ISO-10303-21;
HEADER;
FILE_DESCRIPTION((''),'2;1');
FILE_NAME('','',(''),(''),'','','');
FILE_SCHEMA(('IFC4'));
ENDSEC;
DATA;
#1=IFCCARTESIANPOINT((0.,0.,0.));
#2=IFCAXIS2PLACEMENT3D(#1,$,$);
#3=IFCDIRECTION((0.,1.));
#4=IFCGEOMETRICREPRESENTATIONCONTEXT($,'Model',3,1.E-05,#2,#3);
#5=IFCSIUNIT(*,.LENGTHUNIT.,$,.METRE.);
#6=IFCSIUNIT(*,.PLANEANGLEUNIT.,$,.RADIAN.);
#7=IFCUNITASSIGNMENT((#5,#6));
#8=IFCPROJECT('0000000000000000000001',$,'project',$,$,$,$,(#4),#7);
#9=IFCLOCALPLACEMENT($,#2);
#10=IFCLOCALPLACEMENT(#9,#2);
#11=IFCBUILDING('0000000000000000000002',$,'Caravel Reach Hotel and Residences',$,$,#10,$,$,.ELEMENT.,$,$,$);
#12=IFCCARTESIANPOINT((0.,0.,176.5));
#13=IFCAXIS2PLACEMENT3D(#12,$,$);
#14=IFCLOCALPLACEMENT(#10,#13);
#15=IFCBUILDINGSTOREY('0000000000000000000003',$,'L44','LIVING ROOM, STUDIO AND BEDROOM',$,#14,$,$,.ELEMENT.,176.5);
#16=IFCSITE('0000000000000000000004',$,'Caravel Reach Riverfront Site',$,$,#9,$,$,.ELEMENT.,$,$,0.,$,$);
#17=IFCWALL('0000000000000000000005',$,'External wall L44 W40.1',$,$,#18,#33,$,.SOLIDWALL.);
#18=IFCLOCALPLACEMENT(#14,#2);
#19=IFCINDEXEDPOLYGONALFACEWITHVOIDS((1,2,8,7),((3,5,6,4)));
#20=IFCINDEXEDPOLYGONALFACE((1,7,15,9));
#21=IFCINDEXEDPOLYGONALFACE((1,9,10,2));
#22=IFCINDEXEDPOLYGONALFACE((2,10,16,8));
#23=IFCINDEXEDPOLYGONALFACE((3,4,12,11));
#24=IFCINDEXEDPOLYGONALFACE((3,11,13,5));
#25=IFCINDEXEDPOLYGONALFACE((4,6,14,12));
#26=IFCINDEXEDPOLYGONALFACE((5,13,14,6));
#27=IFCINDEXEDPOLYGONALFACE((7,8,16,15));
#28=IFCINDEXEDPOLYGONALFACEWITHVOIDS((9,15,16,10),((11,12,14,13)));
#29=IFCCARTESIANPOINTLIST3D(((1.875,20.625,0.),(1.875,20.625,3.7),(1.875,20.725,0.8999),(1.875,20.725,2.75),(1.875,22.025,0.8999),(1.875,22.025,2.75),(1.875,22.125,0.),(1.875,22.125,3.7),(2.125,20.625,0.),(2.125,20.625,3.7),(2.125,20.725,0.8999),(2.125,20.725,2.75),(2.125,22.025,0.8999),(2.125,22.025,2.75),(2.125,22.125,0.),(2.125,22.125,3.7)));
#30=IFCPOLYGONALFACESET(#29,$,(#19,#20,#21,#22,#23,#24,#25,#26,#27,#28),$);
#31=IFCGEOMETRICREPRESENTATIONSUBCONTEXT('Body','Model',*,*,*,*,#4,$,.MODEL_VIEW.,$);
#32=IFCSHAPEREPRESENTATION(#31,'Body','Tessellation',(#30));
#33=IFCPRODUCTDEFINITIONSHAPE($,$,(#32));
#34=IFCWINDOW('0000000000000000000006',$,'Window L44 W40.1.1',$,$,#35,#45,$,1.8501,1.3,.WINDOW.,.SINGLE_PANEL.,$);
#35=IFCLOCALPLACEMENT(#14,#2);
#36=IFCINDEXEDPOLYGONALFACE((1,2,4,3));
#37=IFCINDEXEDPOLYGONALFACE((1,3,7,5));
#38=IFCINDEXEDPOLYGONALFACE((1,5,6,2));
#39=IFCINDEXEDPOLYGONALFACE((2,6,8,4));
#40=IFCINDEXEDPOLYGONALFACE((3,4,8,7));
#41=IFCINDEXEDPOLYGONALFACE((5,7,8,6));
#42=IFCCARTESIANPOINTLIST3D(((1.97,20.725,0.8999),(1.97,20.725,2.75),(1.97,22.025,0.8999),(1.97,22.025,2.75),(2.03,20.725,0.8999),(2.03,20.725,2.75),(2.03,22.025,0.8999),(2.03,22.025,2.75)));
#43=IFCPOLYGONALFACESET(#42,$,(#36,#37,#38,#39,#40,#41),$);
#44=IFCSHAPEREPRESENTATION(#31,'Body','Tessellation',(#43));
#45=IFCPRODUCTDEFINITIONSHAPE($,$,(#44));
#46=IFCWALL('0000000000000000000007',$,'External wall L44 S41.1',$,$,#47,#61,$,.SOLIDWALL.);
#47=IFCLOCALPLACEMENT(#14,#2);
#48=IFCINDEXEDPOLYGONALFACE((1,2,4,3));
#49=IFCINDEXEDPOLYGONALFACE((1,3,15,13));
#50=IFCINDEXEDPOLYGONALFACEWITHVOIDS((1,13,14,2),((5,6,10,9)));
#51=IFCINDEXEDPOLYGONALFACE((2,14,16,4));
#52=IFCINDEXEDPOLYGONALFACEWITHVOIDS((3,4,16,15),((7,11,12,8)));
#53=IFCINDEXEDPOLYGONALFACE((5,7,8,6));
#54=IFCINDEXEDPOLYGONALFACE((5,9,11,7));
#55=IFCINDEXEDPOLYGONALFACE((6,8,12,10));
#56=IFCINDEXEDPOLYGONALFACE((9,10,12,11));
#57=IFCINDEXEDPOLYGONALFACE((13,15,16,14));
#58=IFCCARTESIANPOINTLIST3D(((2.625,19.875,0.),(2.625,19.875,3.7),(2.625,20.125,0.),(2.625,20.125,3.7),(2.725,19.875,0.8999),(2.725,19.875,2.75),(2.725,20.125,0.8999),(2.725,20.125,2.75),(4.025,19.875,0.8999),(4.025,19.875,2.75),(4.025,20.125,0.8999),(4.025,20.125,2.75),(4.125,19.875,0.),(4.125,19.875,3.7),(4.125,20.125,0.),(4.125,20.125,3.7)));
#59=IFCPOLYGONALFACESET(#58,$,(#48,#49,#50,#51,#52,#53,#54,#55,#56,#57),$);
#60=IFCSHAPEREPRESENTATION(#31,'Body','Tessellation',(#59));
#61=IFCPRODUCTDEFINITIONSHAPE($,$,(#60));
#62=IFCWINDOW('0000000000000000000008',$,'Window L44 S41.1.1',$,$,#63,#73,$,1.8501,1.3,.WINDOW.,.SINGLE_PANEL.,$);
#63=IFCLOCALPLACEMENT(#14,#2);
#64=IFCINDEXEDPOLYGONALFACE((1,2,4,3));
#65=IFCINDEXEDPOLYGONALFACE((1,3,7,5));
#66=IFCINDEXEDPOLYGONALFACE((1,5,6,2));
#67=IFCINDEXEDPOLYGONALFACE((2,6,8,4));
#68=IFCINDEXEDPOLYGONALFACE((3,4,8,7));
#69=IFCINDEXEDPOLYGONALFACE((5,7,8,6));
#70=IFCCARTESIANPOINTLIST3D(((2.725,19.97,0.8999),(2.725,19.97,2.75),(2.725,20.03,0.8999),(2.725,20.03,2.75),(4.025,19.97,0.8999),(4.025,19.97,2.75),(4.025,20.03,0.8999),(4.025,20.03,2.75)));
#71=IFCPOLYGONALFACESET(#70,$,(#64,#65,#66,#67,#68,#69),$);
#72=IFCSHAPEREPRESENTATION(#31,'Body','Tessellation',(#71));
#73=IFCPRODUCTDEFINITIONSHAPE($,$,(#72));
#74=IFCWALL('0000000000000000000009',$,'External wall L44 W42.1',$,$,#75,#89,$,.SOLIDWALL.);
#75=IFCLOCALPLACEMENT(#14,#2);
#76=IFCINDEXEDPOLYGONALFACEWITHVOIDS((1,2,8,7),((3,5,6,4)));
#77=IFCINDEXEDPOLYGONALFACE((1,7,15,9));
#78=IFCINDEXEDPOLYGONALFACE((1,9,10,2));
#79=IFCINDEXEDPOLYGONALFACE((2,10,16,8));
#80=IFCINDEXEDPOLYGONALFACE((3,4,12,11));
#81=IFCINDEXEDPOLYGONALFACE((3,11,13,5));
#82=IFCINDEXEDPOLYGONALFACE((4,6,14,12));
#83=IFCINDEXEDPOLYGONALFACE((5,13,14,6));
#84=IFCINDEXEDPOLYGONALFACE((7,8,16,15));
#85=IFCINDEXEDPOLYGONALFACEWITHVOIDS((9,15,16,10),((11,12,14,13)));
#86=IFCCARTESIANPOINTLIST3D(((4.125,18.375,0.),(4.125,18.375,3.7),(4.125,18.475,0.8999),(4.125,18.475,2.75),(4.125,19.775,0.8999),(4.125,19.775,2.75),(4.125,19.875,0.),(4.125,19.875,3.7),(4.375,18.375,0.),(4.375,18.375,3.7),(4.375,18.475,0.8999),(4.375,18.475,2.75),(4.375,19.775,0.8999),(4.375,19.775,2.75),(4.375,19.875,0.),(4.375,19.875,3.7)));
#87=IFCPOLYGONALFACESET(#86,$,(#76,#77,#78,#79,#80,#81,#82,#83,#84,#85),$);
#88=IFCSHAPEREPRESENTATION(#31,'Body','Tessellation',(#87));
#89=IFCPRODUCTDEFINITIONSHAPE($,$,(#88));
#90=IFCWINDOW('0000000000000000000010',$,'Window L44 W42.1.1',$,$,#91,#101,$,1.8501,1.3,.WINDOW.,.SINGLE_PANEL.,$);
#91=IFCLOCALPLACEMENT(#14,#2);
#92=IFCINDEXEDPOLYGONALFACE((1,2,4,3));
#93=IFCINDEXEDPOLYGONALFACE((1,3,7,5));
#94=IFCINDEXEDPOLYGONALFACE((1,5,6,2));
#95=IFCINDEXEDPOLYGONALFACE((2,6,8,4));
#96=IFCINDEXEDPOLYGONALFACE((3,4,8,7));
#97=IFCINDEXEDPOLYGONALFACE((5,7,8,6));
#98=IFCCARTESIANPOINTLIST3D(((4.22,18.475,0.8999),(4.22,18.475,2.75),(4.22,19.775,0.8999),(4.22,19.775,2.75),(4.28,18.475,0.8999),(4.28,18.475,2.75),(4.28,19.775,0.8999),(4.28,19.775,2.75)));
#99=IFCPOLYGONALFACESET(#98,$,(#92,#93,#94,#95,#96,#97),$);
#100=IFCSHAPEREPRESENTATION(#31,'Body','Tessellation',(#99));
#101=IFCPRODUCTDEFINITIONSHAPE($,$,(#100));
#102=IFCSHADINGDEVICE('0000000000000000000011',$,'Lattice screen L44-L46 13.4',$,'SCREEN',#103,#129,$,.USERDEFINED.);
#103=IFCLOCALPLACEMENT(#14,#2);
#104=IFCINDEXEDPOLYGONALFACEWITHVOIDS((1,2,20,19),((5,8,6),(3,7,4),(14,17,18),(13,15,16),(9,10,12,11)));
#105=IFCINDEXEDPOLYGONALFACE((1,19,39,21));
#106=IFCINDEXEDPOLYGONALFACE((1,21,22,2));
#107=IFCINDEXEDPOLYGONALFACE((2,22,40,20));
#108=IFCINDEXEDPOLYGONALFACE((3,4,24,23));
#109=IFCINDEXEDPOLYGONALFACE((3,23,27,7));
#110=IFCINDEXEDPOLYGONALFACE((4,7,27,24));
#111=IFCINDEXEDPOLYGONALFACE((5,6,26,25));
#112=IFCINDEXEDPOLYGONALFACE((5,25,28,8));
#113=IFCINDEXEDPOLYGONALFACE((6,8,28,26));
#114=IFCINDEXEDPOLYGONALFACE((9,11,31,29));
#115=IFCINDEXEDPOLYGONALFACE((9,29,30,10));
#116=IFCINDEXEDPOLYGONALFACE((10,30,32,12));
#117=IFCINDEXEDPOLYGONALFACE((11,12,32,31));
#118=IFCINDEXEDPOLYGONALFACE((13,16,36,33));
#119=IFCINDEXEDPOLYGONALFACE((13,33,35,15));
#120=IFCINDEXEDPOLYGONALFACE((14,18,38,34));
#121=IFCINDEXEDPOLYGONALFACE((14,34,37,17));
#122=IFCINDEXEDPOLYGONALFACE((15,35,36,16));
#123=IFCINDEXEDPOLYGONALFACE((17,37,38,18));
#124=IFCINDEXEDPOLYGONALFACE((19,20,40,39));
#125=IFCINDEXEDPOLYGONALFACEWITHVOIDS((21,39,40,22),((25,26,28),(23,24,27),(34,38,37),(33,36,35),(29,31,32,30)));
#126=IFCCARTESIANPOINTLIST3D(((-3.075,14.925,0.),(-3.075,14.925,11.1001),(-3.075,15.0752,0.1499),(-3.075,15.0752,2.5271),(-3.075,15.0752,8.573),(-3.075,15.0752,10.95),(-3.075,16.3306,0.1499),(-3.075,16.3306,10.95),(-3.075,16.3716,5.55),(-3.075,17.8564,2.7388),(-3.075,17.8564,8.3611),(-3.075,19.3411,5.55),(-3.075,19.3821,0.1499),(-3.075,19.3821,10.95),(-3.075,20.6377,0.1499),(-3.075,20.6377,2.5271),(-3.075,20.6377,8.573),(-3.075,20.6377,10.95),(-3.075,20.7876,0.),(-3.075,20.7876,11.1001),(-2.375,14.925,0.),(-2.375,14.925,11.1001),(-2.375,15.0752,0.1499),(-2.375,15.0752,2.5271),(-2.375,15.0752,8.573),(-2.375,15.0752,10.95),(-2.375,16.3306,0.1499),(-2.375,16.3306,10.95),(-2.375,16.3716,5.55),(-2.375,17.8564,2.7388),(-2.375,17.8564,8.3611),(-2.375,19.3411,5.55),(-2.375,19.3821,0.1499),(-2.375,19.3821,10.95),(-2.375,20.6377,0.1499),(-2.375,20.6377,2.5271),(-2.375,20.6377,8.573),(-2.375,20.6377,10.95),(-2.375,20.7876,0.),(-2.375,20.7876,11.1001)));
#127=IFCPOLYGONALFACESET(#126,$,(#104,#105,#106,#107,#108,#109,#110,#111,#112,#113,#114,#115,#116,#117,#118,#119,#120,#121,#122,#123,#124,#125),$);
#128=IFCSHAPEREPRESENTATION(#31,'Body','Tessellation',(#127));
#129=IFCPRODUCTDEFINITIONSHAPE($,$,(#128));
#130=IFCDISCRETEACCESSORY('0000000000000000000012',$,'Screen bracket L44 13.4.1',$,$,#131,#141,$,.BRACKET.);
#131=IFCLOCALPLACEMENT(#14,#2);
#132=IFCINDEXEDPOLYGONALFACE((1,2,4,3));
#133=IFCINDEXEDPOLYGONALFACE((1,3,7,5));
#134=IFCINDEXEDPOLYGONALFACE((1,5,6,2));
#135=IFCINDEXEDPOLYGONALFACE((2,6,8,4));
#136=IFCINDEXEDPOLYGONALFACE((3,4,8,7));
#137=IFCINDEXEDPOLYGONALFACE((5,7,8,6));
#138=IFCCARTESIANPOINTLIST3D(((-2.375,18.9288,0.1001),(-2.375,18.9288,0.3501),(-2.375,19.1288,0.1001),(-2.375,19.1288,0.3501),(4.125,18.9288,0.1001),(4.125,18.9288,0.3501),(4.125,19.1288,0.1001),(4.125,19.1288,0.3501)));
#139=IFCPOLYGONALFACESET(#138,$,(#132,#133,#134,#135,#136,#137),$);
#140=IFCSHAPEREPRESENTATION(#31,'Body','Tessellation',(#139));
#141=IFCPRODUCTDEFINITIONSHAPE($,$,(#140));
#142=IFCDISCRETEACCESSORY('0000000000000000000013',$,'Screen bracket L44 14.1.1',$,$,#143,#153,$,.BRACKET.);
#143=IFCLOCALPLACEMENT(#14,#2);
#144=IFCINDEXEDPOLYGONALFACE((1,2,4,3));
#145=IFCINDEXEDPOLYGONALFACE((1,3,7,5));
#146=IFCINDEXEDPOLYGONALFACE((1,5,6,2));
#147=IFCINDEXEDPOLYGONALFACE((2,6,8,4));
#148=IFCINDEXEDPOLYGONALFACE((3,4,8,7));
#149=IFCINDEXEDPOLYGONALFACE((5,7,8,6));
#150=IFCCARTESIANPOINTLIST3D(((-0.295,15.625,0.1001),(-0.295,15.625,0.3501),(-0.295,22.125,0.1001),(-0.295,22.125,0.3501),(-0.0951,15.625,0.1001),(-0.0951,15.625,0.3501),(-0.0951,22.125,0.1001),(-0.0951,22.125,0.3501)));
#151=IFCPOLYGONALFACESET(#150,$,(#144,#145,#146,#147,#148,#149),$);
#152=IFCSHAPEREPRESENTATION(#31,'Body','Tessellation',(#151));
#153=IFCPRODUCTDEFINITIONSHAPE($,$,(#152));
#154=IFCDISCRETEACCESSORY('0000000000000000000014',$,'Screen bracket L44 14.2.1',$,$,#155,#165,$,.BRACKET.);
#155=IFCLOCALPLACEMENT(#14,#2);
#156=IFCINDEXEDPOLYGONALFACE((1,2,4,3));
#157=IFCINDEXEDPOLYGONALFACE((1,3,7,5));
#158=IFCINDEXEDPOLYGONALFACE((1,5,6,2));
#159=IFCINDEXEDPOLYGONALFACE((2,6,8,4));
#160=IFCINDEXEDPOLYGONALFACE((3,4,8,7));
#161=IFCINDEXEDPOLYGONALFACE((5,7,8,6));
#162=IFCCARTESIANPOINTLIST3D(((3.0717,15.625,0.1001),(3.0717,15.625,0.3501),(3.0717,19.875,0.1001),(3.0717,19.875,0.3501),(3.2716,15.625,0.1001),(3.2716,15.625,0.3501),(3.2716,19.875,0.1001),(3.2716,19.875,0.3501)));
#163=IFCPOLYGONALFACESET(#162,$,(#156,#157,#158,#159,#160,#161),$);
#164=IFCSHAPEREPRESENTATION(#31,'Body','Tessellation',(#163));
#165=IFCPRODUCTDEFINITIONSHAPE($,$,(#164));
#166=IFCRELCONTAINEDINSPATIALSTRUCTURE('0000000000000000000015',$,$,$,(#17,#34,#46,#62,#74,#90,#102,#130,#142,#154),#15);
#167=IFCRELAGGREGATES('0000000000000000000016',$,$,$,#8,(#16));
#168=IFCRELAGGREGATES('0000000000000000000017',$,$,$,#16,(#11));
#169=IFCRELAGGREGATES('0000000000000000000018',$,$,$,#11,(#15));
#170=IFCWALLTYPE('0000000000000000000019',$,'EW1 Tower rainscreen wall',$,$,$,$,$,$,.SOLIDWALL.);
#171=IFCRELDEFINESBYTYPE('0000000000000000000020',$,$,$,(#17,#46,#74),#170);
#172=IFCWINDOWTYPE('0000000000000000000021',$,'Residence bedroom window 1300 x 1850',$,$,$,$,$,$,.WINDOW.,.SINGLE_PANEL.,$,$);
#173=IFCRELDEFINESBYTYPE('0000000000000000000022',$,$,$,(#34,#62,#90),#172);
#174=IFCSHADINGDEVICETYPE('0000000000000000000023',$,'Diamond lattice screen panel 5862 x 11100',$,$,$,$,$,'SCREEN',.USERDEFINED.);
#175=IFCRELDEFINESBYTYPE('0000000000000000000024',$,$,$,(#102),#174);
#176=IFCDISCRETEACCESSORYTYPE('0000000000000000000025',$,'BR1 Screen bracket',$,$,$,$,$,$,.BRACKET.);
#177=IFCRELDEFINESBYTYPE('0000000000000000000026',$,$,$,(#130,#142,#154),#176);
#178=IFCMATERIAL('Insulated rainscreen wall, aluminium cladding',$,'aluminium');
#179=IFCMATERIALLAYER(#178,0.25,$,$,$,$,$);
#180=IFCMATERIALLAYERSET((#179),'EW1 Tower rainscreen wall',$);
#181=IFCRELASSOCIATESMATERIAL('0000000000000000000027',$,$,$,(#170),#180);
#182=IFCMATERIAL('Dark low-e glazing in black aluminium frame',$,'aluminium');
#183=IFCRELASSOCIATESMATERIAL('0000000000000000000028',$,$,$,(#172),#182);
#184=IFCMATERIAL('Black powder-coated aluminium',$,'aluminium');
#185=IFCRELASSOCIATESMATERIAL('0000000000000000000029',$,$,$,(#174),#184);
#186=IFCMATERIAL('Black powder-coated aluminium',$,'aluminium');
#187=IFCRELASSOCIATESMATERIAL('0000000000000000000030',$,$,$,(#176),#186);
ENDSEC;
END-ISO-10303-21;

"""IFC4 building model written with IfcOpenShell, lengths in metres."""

from ifc_helpers import new_model, si_unit, direction, frame, frame_2d, origin, origin_2d, place, context, subcontext, project, spatial, polyline, rectangle, outline, extrude, material, layer, layer_set, type_object, element, fill, save


model = new_model("IFC4")

# Units and contexts
model_context = context("Model", 3, precision=1e-05, world=origin(), true_north=direction((0.0, 1.0)))
body_context = subcontext(model_context, "Body", "Model", "MODEL_VIEW")
ifc_project = project(units=[si_unit("LENGTHUNIT", "METRE"), si_unit("PLANEANGLEUNIT", "RADIAN")], contexts=[model_context])

# Site, building, storey
site_placement = place(None, origin())
site = spatial("IfcSite", under=ifc_project, at=site_placement, Name="Caravel Reach Riverfront Site", CompositionType="ELEMENT", RefElevation=0.0)
building_placement = place(site_placement, origin())
building = spatial("IfcBuilding", under=site, at=building_placement, Name="Caravel Reach Hotel and Residences", CompositionType="ELEMENT")
storey_placement = place(building_placement, frame((0.0, 0.0, 176.5)))
storey = spatial("IfcBuildingStorey", under=building, at=storey_placement, Name="L44", Description="LIVING ROOM, STUDIO AND BEDROOM", CompositionType="ELEMENT", Elevation=176.5)

# Walls, openings, windows
ifc_material_1 = material(Name="Insulated rainscreen wall, aluminium cladding", Category="aluminium")
ifc_layer = layer(ifc_material_1, 0.25)
ifc_layer_set = layer_set([ifc_layer], Name="EW1 Tower rainscreen wall")
wall_type = type_object("IfcWallType", Name="EW1 Tower rainscreen wall", PredefinedType="SOLIDWALL", material=ifc_layer_set)
ifc_material_2 = material(Name="Dark low-e glazing in black aluminium frame", Category="aluminium")
window_type = type_object("IfcWindowType", Name="Residence bedroom window 1300 x 1850", PartitioningType="SINGLE_PANEL", PredefinedType="WINDOW", material=ifc_material_2)
wall_1_placement = place(storey_placement, frame((2.0, 22.125, 0.0), z_axis=(0.0, 0.0, 1.0), x_axis=(0.0, -1.0, 0.0)))
wall_1 = element("IfcWall", 1, at=wall_1_placement, inside=storey, type_object=wall_type, Name="External wall L44 W40.1", PredefinedType="SOLIDWALL", context=body_context, shape_type="SweptSolid", body=[
    extrude(rectangle(XDim=1.5, YDim=0.25, at=frame_2d((0.75, 0.0))), origin(), (0.0, 0.0, 1.0), 3.7),
])
opening_1_placement = place(wall_1_placement, frame((0.1001, 0.0, 0.8999)))
opening_1 = element("IfcOpeningElement", 2, at=opening_1_placement, cuts=wall_1, PredefinedType="OPENING", context=body_context, shape_type="SweptSolid", body=[
    extrude(rectangle(XDim=1.3, YDim=1.8501, at=frame_2d((0.6499, 0.925))), frame((0.0, 0.135, 0.0), z_axis=(0.0, -1.0, 0.0), x_axis=(1.0, 0.0, 0.0)), (0.0, 0.0, 1.0), 0.27),
])
window_1_placement = place(opening_1_placement, origin())
window_1 = element("IfcWindow", 3, at=window_1_placement, inside=storey, type_object=window_type, Name="Window L44 W40.1.1", OverallHeight=1.8501, OverallWidth=1.3, PartitioningType="SINGLE_PANEL", PredefinedType="WINDOW", context=body_context, shape_type="SweptSolid", body=[
    extrude(rectangle(XDim=1.3, YDim=1.8501, at=frame_2d((0.6499, 0.925))), frame((0.0, 0.03, 0.0), z_axis=(0.0, -1.0, 0.0), x_axis=(1.0, 0.0, 0.0)), (0.0, 0.0, 1.0), 0.0601),
])
fill(opening_1, window_1)
wall_2_placement = place(storey_placement, frame((2.625, 20.0, 0.0), z_axis=(0.0, 0.0, 1.0), x_axis=(1.0, 0.0, 0.0)))
wall_2 = element("IfcWall", 4, at=wall_2_placement, inside=storey, type_object=wall_type, Name="External wall L44 S41.1", PredefinedType="SOLIDWALL", context=body_context, shape_type="SweptSolid", body=[
    extrude(rectangle(XDim=1.5, YDim=0.25, at=frame_2d((0.75, 0.0))), origin(), (0.0, 0.0, 1.0), 3.7),
])
opening_2_placement = place(wall_2_placement, frame((0.1001, 0.0, 0.8999)))
opening_2 = element("IfcOpeningElement", 5, at=opening_2_placement, cuts=wall_2, PredefinedType="OPENING", context=body_context, shape_type="SweptSolid", body=[
    extrude(rectangle(XDim=1.3, YDim=1.8501, at=frame_2d((0.6499, 0.925))), frame((0.0, 0.135, 0.0), z_axis=(0.0, -1.0, 0.0), x_axis=(1.0, 0.0, 0.0)), (0.0, 0.0, 1.0), 0.27),
])
window_2_placement = place(opening_2_placement, origin())
window_2 = element("IfcWindow", 6, at=window_2_placement, inside=storey, type_object=window_type, Name="Window L44 S41.1.1", OverallHeight=1.8501, OverallWidth=1.3, PartitioningType="SINGLE_PANEL", PredefinedType="WINDOW", context=body_context, shape_type="SweptSolid", body=[
    extrude(rectangle(XDim=1.3, YDim=1.8501, at=frame_2d((0.6499, 0.925))), frame((0.0, 0.03, 0.0), z_axis=(0.0, -1.0, 0.0), x_axis=(1.0, 0.0, 0.0)), (0.0, 0.0, 1.0), 0.0601),
])
fill(opening_2, window_2)
wall_3_placement = place(storey_placement, frame((4.25, 19.875, 0.0), z_axis=(0.0, 0.0, 1.0), x_axis=(0.0, -1.0, 0.0)))
wall_3 = element("IfcWall", 7, at=wall_3_placement, inside=storey, type_object=wall_type, Name="External wall L44 W42.1", PredefinedType="SOLIDWALL", context=body_context, shape_type="SweptSolid", body=[
    extrude(rectangle(XDim=1.5, YDim=0.25, at=frame_2d((0.75, 0.0))), origin(), (0.0, 0.0, 1.0), 3.7),
])
opening_3_placement = place(wall_3_placement, frame((0.1001, 0.0, 0.8999)))
opening_3 = element("IfcOpeningElement", 8, at=opening_3_placement, cuts=wall_3, PredefinedType="OPENING", context=body_context, shape_type="SweptSolid", body=[
    extrude(rectangle(XDim=1.3, YDim=1.8501, at=frame_2d((0.6499, 0.925))), frame((0.0, 0.135, 0.0), z_axis=(0.0, -1.0, 0.0), x_axis=(1.0, 0.0, 0.0)), (0.0, 0.0, 1.0), 0.27),
])
window_3_placement = place(opening_3_placement, origin())
window_3 = element("IfcWindow", 9, at=window_3_placement, inside=storey, type_object=window_type, Name="Window L44 W42.1.1", OverallHeight=1.8501, OverallWidth=1.3, PartitioningType="SINGLE_PANEL", PredefinedType="WINDOW", context=body_context, shape_type="SweptSolid", body=[
    extrude(rectangle(XDim=1.3, YDim=1.8501, at=frame_2d((0.6499, 0.925))), frame((0.0, 0.03, 0.0), z_axis=(0.0, -1.0, 0.0), x_axis=(1.0, 0.0, 0.0)), (0.0, 0.0, 1.0), 0.0601),
])
fill(opening_3, window_3)

# Shading device
ifc_material_3 = material(Name="Black powder-coated aluminium", Category="aluminium")
shading_device_type = type_object("IfcShadingDeviceType", Name="Diamond lattice screen panel 5862 x 11100", ElementType="SCREEN", PredefinedType="USERDEFINED", material=ifc_material_3)
shading_device_placement = place(storey_placement, frame((-2.375, 20.7876, 0.0), z_axis=(-1.0, 0.0, 0.0), x_axis=(0.0, -1.0, 0.0)))
element("IfcShadingDevice", 10, at=shading_device_placement, inside=storey, type_object=shading_device_type, Name="Lattice screen L44-L46 13.4", ObjectType="SCREEN", PredefinedType="USERDEFINED", context=body_context, shape_type="SweptSolid", body=[
    extrude(outline(polyline([(0.0, 0.0), (5.8625, 0.0), (5.8625, 11.1001), (0.0, 11.1001), (0.0, 0.0)]), holes=[polyline([(1.4055, 0.1499), (0.1499, 2.5271), (0.1499, 0.1499), (1.4055, 0.1499)]), polyline([(0.1499, 8.573), (1.4055, 10.95), (0.1499, 10.95), (0.1499, 8.573)]), polyline([(2.9312, 8.3611), (1.4465, 5.55), (2.9312, 2.7388), (4.416, 5.55), (2.9312, 8.3611)]), polyline([(5.7124, 2.5271), (4.457, 0.1499), (5.7124, 0.1499), (5.7124, 2.5271)]), polyline([(4.457, 10.95), (5.7124, 8.573), (5.7124, 10.95), (4.457, 10.95)])]), origin(), (0.0, 0.0, 1.0), 0.7),
])

# Discrete accessories
ifc_material_4 = material(Name="Black powder-coated aluminium", Category="aluminium")
discrete_accessory_type = type_object("IfcDiscreteAccessoryType", Name="BR1 Screen bracket", PredefinedType="BRACKET", material=ifc_material_4)
for number, where, z_axis, x_axis, name in (
    (11, (0.875, 19.0288, 0.1001), (0.0, 0.0, 1.0), (-1.0, 0.0, 0.0), "Screen bracket L44 13.4.1"),
    (12, (-0.1951, 18.875, 0.1001), (0.0, 0.0, 1.0), (0.0, -1.0, 0.0), "Screen bracket L44 14.1.1"),
):
    element("IfcDiscreteAccessory", number, at=place(storey_placement, frame(where, z_axis=z_axis, x_axis=x_axis)), inside=storey, type_object=discrete_accessory_type, Name=name, PredefinedType="BRACKET", context=body_context, shape_type="SweptSolid", body=[
        extrude(rectangle(XDim=6.5, YDim=0.2, at=origin_2d()), origin(), (0.0, 0.0, 1.0), 0.25),
    ])
discrete_accessory_placement = place(storey_placement, frame((3.1716, 17.75, 0.1001), z_axis=(0.0, 0.0, 1.0), x_axis=(0.0, -1.0, 0.0)))
element("IfcDiscreteAccessory", 13, at=discrete_accessory_placement, inside=storey, type_object=discrete_accessory_type, Name="Screen bracket L44 14.2.1", PredefinedType="BRACKET", context=body_context, shape_type="SweptSolid", body=[
    extrude(rectangle(XDim=4.25, YDim=0.2, at=origin_2d()), origin(), (0.0, 0.0, 1.0), 0.25),
])

save(model, "model.ifc")
